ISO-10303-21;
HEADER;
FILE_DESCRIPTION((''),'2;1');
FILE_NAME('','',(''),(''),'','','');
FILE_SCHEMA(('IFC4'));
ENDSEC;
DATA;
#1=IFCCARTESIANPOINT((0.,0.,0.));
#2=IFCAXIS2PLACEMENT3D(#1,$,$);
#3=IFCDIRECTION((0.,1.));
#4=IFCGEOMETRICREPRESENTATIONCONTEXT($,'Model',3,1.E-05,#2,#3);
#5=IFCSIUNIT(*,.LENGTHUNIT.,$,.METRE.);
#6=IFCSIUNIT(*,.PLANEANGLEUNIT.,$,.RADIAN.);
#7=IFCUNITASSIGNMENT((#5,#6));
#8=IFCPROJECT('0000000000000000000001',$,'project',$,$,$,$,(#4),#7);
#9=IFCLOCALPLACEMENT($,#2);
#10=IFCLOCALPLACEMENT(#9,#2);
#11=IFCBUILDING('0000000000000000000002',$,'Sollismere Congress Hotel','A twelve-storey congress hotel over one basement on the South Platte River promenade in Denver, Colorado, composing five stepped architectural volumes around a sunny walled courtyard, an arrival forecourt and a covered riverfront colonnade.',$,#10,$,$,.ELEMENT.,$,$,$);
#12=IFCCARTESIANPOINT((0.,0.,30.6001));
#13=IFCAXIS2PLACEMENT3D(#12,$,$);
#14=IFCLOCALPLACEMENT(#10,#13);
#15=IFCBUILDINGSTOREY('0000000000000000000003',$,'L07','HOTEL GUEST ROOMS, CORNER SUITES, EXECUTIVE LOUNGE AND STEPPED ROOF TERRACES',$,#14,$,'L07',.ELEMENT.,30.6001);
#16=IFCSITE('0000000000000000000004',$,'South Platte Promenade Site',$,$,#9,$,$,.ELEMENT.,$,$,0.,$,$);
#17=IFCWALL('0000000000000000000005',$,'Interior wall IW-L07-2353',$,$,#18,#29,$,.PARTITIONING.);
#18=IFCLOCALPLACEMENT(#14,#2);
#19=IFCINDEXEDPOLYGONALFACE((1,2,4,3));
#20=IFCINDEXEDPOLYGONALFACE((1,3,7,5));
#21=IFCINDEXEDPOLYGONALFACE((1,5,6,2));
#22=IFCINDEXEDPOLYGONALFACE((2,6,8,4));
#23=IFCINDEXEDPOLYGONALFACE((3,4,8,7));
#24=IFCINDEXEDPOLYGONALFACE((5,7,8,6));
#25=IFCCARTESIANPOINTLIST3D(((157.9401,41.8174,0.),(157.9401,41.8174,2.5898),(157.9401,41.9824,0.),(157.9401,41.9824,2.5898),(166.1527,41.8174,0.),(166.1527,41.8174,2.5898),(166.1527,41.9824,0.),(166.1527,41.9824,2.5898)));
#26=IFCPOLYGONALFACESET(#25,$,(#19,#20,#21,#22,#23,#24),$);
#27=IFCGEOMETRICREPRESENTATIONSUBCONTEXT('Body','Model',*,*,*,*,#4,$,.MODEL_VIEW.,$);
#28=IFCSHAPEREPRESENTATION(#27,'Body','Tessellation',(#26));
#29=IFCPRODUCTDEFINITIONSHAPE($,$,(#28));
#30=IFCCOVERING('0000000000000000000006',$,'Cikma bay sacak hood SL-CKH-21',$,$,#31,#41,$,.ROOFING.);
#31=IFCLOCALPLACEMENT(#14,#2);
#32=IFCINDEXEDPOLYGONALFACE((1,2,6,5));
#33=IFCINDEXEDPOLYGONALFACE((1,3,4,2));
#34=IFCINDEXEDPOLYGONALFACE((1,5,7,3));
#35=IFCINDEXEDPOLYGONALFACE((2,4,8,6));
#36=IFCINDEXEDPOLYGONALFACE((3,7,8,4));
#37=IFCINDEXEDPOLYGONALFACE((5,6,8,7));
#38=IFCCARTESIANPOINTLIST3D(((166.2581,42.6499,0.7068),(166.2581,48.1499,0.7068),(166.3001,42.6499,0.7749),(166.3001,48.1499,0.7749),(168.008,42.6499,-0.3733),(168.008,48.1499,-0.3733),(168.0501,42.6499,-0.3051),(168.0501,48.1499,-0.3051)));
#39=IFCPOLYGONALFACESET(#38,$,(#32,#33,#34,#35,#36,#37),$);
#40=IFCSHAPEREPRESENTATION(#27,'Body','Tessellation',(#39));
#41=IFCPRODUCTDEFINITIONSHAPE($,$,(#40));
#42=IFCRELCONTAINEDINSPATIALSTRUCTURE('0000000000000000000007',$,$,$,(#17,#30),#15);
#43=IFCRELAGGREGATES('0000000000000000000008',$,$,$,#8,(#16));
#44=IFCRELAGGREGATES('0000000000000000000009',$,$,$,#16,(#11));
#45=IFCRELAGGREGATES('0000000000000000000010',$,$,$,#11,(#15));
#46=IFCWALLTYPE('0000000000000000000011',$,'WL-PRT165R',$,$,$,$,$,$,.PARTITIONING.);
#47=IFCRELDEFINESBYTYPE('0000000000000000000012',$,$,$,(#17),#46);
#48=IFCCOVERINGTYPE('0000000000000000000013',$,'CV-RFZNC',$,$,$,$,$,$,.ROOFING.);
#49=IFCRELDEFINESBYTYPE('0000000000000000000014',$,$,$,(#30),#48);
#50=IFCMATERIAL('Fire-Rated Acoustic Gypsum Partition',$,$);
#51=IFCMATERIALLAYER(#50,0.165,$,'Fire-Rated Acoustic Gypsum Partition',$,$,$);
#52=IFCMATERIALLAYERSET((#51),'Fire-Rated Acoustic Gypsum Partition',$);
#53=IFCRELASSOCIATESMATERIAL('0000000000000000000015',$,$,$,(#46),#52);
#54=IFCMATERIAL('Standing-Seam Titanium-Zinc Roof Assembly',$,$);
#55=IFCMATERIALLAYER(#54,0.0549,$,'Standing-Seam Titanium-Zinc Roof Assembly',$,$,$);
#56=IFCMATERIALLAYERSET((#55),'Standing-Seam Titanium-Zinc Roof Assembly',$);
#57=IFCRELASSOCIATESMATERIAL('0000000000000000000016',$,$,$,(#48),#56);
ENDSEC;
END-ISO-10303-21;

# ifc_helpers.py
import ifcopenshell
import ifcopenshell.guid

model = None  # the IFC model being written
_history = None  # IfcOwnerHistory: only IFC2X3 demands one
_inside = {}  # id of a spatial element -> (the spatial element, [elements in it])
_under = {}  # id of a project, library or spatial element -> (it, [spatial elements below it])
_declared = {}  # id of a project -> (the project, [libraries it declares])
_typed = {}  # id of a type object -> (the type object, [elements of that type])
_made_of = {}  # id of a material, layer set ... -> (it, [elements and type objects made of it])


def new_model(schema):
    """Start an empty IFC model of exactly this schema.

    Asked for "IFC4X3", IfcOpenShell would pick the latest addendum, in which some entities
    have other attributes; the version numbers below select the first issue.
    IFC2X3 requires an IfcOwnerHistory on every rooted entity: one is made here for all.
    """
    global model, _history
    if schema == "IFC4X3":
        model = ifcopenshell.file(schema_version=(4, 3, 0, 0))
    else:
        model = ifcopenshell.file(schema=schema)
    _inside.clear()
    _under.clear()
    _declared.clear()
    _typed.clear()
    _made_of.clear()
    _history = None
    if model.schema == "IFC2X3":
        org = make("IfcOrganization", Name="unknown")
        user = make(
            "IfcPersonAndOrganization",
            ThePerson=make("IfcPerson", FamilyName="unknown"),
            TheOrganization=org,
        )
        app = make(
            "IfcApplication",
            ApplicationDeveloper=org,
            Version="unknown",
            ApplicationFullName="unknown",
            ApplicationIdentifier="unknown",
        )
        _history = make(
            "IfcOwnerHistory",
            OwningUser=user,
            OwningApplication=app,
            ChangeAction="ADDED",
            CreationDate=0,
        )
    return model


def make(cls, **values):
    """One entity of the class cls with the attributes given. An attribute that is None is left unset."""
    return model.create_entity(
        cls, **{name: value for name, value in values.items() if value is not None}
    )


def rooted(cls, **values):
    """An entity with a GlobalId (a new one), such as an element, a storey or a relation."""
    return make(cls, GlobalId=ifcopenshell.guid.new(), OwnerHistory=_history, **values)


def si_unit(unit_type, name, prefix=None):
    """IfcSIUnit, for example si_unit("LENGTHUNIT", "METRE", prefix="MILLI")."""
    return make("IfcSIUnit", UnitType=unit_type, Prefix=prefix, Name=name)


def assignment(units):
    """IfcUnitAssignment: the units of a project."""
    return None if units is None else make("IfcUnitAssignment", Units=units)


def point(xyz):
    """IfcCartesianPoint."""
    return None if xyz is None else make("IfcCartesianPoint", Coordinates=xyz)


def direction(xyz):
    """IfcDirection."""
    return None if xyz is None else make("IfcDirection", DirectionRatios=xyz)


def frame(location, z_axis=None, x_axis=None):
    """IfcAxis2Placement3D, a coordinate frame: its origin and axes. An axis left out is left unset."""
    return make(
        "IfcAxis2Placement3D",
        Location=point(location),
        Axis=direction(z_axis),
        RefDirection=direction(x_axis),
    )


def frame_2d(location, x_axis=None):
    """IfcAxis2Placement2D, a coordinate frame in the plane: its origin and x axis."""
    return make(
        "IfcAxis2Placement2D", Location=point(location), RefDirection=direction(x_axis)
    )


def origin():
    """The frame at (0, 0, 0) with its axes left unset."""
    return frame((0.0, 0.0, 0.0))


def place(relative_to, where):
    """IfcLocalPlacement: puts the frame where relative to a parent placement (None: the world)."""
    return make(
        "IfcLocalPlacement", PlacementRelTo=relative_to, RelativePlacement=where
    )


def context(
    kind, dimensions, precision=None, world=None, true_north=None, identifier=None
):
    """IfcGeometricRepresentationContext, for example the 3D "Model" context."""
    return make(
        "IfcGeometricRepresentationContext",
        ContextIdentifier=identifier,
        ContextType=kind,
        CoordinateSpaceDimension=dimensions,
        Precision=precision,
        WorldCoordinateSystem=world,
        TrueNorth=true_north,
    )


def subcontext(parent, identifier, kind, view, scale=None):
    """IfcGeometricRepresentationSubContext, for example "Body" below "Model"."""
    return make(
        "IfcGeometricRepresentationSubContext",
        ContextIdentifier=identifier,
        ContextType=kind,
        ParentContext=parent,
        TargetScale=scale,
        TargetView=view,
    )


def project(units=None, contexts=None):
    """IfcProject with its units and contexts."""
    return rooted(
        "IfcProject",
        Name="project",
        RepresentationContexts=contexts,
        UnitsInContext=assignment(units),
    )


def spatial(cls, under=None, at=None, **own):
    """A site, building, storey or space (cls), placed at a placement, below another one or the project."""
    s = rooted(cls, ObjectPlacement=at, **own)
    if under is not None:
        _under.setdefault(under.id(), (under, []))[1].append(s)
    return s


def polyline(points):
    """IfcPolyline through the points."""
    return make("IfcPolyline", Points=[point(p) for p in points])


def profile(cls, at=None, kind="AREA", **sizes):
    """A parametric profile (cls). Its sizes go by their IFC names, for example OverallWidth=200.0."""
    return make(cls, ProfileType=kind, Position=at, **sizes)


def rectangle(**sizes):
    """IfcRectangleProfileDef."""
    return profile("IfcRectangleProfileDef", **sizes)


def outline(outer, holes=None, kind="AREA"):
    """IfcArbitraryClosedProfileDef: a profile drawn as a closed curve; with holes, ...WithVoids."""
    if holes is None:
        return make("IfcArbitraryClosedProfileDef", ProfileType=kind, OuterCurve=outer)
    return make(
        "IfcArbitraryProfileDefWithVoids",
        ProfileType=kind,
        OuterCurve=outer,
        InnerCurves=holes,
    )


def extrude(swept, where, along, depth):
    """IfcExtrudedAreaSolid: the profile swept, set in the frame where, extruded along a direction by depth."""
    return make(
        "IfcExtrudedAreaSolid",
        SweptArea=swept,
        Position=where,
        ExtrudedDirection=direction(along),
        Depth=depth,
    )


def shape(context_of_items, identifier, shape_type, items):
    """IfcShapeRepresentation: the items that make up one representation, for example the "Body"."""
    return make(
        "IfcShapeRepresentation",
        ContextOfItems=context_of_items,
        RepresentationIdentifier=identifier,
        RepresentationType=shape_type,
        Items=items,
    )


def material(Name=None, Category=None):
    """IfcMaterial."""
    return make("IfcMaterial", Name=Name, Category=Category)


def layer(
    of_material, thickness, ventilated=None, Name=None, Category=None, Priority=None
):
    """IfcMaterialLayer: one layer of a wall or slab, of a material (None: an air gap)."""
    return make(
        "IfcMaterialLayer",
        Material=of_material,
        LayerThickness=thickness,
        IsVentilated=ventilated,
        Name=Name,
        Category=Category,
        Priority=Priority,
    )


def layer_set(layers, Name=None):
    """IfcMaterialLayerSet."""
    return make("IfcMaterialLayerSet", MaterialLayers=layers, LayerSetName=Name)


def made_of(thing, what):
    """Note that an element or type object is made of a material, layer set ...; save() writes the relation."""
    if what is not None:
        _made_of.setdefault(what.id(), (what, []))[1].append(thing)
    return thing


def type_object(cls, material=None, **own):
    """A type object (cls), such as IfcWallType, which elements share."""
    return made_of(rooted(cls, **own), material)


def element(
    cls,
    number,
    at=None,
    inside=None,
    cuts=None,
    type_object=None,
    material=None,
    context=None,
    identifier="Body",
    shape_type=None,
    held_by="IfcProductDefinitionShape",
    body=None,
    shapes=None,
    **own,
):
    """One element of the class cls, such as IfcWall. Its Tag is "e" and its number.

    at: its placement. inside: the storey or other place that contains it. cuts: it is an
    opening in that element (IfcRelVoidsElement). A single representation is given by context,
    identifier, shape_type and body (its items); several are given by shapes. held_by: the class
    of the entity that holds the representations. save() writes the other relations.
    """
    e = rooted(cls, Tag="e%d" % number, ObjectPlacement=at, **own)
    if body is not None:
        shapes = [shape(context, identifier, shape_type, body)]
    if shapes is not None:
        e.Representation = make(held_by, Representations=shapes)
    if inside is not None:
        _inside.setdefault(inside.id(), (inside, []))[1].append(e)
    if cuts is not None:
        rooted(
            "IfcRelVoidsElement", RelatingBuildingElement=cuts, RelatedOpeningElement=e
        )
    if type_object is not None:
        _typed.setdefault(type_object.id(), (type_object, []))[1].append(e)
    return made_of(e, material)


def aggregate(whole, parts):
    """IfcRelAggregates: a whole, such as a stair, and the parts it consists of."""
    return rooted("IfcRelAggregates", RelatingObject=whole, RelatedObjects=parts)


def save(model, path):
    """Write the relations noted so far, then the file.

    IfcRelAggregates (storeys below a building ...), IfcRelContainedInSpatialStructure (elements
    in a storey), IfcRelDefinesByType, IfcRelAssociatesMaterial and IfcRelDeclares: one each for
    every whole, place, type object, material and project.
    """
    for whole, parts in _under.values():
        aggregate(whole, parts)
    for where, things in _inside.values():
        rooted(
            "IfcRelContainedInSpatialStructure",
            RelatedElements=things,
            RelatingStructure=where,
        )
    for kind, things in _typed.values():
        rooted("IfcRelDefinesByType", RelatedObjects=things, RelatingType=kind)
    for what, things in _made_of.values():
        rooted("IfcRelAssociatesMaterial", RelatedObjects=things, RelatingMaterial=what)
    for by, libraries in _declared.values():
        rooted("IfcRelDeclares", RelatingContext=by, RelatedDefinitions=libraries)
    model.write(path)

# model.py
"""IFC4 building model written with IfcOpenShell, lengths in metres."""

from ifc_helpers import new_model, si_unit, direction, frame, frame_2d, origin, place, context, subcontext, project, spatial, polyline, rectangle, outline, extrude, material, layer, layer_set, type_object, element, save


model = new_model("IFC4")

# Units and contexts
model_context = context("Model", 3, precision=1e-05, world=origin(), true_north=direction((0.0, 1.0)))
body_context = subcontext(model_context, "Body", "Model", "MODEL_VIEW")
ifc_project = project(units=[si_unit("LENGTHUNIT", "METRE"), si_unit("PLANEANGLEUNIT", "RADIAN")], contexts=[model_context])

# Site, building, storey
site_placement = place(None, origin())
site = spatial("IfcSite", under=ifc_project, at=site_placement, Name="South Platte Promenade Site", CompositionType="ELEMENT", RefElevation=0.0)
building_placement = place(site_placement, origin())
building = spatial("IfcBuilding", under=site, at=building_placement, Name="Sollismere Congress Hotel", Description="A twelve-storey congress hotel over one basement on the South Platte River promenade in Denver, Colorado, composing five stepped architectural volumes around a sunny walled courtyard, an arrival forecourt and a covered riverfront colonnade.", CompositionType="ELEMENT")
storey_placement = place(building_placement, frame((0.0, 0.0, 30.6001)))
storey = spatial("IfcBuildingStorey", under=building, at=storey_placement, Name="L07", Description="HOTEL GUEST ROOMS, CORNER SUITES, EXECUTIVE LOUNGE AND STEPPED ROOF TERRACES", LongName="L07", CompositionType="ELEMENT", Elevation=30.6001)

# Wall
ifc_material_1 = material(Name="Fire-Rated Acoustic Gypsum Partition")
ifc_layer_1 = layer(ifc_material_1, 0.165, Name="Fire-Rated Acoustic Gypsum Partition")
ifc_layer_set_1 = layer_set([ifc_layer_1], Name="Fire-Rated Acoustic Gypsum Partition")
wall_type_1 = type_object("IfcWallType", Name="WL-PRT165R", PredefinedType="PARTITIONING", material=ifc_layer_set_1)
for number, where, z_axis, x_axis, name in (
    (1, (157.9399, 41.8999, 0.0), (0.0, 0.0, 1.0), (1.0, 0.0, 0.0), "Interior wall IW-L07-2353"),
):
    element("IfcWall", number, at=place(storey_placement, frame(where, z_axis=z_axis, x_axis=x_axis)), inside=storey, type_object=wall_type_1, Name=name, PredefinedType="PARTITIONING", context=body_context, shape_type="SweptSolid", body=[
        extrude(rectangle(XDim=8.2126, YDim=0.165, at=frame_2d((4.1064, 0.0))), origin(), (0.0, 0.0, 1.0), 2.5898),
    ])

# Covering
ifc_material_2 = material(Name="Standing-Seam Titanium-Zinc Roof Assembly")
ifc_layer_2 = layer(ifc_material_2, 0.0549, Name="Standing-Seam Titanium-Zinc Roof Assembly")
ifc_layer_set_2 = layer_set([ifc_layer_2], Name="Standing-Seam Titanium-Zinc Roof Assembly")
covering_type = type_object("IfcCoveringType", Name="CV-RFZNC", PredefinedType="ROOFING", material=ifc_layer_set_2)
covering_placement = place(storey_placement, frame((166.2581, 42.6499, 0.7068), z_axis=(0.52521, 0.0, 0.850973), x_axis=(0.850973, 0.0, -0.52521)))
element("IfcCovering", 2, at=covering_placement, inside=storey, type_object=covering_type, Name="Cikma bay sacak hood SL-CKH-21", PredefinedType="ROOFING", context=body_context, shape_type="SweptSolid", body=[
    extrude(outline(polyline([(0.0, 0.0), (2.0564, 0.0), (2.0564, 5.5), (0.0, 5.5), (0.0, 0.0)])), origin(), (0.0, 0.0, 1.0), 0.0801),
])

save(model, "model.ifc")
